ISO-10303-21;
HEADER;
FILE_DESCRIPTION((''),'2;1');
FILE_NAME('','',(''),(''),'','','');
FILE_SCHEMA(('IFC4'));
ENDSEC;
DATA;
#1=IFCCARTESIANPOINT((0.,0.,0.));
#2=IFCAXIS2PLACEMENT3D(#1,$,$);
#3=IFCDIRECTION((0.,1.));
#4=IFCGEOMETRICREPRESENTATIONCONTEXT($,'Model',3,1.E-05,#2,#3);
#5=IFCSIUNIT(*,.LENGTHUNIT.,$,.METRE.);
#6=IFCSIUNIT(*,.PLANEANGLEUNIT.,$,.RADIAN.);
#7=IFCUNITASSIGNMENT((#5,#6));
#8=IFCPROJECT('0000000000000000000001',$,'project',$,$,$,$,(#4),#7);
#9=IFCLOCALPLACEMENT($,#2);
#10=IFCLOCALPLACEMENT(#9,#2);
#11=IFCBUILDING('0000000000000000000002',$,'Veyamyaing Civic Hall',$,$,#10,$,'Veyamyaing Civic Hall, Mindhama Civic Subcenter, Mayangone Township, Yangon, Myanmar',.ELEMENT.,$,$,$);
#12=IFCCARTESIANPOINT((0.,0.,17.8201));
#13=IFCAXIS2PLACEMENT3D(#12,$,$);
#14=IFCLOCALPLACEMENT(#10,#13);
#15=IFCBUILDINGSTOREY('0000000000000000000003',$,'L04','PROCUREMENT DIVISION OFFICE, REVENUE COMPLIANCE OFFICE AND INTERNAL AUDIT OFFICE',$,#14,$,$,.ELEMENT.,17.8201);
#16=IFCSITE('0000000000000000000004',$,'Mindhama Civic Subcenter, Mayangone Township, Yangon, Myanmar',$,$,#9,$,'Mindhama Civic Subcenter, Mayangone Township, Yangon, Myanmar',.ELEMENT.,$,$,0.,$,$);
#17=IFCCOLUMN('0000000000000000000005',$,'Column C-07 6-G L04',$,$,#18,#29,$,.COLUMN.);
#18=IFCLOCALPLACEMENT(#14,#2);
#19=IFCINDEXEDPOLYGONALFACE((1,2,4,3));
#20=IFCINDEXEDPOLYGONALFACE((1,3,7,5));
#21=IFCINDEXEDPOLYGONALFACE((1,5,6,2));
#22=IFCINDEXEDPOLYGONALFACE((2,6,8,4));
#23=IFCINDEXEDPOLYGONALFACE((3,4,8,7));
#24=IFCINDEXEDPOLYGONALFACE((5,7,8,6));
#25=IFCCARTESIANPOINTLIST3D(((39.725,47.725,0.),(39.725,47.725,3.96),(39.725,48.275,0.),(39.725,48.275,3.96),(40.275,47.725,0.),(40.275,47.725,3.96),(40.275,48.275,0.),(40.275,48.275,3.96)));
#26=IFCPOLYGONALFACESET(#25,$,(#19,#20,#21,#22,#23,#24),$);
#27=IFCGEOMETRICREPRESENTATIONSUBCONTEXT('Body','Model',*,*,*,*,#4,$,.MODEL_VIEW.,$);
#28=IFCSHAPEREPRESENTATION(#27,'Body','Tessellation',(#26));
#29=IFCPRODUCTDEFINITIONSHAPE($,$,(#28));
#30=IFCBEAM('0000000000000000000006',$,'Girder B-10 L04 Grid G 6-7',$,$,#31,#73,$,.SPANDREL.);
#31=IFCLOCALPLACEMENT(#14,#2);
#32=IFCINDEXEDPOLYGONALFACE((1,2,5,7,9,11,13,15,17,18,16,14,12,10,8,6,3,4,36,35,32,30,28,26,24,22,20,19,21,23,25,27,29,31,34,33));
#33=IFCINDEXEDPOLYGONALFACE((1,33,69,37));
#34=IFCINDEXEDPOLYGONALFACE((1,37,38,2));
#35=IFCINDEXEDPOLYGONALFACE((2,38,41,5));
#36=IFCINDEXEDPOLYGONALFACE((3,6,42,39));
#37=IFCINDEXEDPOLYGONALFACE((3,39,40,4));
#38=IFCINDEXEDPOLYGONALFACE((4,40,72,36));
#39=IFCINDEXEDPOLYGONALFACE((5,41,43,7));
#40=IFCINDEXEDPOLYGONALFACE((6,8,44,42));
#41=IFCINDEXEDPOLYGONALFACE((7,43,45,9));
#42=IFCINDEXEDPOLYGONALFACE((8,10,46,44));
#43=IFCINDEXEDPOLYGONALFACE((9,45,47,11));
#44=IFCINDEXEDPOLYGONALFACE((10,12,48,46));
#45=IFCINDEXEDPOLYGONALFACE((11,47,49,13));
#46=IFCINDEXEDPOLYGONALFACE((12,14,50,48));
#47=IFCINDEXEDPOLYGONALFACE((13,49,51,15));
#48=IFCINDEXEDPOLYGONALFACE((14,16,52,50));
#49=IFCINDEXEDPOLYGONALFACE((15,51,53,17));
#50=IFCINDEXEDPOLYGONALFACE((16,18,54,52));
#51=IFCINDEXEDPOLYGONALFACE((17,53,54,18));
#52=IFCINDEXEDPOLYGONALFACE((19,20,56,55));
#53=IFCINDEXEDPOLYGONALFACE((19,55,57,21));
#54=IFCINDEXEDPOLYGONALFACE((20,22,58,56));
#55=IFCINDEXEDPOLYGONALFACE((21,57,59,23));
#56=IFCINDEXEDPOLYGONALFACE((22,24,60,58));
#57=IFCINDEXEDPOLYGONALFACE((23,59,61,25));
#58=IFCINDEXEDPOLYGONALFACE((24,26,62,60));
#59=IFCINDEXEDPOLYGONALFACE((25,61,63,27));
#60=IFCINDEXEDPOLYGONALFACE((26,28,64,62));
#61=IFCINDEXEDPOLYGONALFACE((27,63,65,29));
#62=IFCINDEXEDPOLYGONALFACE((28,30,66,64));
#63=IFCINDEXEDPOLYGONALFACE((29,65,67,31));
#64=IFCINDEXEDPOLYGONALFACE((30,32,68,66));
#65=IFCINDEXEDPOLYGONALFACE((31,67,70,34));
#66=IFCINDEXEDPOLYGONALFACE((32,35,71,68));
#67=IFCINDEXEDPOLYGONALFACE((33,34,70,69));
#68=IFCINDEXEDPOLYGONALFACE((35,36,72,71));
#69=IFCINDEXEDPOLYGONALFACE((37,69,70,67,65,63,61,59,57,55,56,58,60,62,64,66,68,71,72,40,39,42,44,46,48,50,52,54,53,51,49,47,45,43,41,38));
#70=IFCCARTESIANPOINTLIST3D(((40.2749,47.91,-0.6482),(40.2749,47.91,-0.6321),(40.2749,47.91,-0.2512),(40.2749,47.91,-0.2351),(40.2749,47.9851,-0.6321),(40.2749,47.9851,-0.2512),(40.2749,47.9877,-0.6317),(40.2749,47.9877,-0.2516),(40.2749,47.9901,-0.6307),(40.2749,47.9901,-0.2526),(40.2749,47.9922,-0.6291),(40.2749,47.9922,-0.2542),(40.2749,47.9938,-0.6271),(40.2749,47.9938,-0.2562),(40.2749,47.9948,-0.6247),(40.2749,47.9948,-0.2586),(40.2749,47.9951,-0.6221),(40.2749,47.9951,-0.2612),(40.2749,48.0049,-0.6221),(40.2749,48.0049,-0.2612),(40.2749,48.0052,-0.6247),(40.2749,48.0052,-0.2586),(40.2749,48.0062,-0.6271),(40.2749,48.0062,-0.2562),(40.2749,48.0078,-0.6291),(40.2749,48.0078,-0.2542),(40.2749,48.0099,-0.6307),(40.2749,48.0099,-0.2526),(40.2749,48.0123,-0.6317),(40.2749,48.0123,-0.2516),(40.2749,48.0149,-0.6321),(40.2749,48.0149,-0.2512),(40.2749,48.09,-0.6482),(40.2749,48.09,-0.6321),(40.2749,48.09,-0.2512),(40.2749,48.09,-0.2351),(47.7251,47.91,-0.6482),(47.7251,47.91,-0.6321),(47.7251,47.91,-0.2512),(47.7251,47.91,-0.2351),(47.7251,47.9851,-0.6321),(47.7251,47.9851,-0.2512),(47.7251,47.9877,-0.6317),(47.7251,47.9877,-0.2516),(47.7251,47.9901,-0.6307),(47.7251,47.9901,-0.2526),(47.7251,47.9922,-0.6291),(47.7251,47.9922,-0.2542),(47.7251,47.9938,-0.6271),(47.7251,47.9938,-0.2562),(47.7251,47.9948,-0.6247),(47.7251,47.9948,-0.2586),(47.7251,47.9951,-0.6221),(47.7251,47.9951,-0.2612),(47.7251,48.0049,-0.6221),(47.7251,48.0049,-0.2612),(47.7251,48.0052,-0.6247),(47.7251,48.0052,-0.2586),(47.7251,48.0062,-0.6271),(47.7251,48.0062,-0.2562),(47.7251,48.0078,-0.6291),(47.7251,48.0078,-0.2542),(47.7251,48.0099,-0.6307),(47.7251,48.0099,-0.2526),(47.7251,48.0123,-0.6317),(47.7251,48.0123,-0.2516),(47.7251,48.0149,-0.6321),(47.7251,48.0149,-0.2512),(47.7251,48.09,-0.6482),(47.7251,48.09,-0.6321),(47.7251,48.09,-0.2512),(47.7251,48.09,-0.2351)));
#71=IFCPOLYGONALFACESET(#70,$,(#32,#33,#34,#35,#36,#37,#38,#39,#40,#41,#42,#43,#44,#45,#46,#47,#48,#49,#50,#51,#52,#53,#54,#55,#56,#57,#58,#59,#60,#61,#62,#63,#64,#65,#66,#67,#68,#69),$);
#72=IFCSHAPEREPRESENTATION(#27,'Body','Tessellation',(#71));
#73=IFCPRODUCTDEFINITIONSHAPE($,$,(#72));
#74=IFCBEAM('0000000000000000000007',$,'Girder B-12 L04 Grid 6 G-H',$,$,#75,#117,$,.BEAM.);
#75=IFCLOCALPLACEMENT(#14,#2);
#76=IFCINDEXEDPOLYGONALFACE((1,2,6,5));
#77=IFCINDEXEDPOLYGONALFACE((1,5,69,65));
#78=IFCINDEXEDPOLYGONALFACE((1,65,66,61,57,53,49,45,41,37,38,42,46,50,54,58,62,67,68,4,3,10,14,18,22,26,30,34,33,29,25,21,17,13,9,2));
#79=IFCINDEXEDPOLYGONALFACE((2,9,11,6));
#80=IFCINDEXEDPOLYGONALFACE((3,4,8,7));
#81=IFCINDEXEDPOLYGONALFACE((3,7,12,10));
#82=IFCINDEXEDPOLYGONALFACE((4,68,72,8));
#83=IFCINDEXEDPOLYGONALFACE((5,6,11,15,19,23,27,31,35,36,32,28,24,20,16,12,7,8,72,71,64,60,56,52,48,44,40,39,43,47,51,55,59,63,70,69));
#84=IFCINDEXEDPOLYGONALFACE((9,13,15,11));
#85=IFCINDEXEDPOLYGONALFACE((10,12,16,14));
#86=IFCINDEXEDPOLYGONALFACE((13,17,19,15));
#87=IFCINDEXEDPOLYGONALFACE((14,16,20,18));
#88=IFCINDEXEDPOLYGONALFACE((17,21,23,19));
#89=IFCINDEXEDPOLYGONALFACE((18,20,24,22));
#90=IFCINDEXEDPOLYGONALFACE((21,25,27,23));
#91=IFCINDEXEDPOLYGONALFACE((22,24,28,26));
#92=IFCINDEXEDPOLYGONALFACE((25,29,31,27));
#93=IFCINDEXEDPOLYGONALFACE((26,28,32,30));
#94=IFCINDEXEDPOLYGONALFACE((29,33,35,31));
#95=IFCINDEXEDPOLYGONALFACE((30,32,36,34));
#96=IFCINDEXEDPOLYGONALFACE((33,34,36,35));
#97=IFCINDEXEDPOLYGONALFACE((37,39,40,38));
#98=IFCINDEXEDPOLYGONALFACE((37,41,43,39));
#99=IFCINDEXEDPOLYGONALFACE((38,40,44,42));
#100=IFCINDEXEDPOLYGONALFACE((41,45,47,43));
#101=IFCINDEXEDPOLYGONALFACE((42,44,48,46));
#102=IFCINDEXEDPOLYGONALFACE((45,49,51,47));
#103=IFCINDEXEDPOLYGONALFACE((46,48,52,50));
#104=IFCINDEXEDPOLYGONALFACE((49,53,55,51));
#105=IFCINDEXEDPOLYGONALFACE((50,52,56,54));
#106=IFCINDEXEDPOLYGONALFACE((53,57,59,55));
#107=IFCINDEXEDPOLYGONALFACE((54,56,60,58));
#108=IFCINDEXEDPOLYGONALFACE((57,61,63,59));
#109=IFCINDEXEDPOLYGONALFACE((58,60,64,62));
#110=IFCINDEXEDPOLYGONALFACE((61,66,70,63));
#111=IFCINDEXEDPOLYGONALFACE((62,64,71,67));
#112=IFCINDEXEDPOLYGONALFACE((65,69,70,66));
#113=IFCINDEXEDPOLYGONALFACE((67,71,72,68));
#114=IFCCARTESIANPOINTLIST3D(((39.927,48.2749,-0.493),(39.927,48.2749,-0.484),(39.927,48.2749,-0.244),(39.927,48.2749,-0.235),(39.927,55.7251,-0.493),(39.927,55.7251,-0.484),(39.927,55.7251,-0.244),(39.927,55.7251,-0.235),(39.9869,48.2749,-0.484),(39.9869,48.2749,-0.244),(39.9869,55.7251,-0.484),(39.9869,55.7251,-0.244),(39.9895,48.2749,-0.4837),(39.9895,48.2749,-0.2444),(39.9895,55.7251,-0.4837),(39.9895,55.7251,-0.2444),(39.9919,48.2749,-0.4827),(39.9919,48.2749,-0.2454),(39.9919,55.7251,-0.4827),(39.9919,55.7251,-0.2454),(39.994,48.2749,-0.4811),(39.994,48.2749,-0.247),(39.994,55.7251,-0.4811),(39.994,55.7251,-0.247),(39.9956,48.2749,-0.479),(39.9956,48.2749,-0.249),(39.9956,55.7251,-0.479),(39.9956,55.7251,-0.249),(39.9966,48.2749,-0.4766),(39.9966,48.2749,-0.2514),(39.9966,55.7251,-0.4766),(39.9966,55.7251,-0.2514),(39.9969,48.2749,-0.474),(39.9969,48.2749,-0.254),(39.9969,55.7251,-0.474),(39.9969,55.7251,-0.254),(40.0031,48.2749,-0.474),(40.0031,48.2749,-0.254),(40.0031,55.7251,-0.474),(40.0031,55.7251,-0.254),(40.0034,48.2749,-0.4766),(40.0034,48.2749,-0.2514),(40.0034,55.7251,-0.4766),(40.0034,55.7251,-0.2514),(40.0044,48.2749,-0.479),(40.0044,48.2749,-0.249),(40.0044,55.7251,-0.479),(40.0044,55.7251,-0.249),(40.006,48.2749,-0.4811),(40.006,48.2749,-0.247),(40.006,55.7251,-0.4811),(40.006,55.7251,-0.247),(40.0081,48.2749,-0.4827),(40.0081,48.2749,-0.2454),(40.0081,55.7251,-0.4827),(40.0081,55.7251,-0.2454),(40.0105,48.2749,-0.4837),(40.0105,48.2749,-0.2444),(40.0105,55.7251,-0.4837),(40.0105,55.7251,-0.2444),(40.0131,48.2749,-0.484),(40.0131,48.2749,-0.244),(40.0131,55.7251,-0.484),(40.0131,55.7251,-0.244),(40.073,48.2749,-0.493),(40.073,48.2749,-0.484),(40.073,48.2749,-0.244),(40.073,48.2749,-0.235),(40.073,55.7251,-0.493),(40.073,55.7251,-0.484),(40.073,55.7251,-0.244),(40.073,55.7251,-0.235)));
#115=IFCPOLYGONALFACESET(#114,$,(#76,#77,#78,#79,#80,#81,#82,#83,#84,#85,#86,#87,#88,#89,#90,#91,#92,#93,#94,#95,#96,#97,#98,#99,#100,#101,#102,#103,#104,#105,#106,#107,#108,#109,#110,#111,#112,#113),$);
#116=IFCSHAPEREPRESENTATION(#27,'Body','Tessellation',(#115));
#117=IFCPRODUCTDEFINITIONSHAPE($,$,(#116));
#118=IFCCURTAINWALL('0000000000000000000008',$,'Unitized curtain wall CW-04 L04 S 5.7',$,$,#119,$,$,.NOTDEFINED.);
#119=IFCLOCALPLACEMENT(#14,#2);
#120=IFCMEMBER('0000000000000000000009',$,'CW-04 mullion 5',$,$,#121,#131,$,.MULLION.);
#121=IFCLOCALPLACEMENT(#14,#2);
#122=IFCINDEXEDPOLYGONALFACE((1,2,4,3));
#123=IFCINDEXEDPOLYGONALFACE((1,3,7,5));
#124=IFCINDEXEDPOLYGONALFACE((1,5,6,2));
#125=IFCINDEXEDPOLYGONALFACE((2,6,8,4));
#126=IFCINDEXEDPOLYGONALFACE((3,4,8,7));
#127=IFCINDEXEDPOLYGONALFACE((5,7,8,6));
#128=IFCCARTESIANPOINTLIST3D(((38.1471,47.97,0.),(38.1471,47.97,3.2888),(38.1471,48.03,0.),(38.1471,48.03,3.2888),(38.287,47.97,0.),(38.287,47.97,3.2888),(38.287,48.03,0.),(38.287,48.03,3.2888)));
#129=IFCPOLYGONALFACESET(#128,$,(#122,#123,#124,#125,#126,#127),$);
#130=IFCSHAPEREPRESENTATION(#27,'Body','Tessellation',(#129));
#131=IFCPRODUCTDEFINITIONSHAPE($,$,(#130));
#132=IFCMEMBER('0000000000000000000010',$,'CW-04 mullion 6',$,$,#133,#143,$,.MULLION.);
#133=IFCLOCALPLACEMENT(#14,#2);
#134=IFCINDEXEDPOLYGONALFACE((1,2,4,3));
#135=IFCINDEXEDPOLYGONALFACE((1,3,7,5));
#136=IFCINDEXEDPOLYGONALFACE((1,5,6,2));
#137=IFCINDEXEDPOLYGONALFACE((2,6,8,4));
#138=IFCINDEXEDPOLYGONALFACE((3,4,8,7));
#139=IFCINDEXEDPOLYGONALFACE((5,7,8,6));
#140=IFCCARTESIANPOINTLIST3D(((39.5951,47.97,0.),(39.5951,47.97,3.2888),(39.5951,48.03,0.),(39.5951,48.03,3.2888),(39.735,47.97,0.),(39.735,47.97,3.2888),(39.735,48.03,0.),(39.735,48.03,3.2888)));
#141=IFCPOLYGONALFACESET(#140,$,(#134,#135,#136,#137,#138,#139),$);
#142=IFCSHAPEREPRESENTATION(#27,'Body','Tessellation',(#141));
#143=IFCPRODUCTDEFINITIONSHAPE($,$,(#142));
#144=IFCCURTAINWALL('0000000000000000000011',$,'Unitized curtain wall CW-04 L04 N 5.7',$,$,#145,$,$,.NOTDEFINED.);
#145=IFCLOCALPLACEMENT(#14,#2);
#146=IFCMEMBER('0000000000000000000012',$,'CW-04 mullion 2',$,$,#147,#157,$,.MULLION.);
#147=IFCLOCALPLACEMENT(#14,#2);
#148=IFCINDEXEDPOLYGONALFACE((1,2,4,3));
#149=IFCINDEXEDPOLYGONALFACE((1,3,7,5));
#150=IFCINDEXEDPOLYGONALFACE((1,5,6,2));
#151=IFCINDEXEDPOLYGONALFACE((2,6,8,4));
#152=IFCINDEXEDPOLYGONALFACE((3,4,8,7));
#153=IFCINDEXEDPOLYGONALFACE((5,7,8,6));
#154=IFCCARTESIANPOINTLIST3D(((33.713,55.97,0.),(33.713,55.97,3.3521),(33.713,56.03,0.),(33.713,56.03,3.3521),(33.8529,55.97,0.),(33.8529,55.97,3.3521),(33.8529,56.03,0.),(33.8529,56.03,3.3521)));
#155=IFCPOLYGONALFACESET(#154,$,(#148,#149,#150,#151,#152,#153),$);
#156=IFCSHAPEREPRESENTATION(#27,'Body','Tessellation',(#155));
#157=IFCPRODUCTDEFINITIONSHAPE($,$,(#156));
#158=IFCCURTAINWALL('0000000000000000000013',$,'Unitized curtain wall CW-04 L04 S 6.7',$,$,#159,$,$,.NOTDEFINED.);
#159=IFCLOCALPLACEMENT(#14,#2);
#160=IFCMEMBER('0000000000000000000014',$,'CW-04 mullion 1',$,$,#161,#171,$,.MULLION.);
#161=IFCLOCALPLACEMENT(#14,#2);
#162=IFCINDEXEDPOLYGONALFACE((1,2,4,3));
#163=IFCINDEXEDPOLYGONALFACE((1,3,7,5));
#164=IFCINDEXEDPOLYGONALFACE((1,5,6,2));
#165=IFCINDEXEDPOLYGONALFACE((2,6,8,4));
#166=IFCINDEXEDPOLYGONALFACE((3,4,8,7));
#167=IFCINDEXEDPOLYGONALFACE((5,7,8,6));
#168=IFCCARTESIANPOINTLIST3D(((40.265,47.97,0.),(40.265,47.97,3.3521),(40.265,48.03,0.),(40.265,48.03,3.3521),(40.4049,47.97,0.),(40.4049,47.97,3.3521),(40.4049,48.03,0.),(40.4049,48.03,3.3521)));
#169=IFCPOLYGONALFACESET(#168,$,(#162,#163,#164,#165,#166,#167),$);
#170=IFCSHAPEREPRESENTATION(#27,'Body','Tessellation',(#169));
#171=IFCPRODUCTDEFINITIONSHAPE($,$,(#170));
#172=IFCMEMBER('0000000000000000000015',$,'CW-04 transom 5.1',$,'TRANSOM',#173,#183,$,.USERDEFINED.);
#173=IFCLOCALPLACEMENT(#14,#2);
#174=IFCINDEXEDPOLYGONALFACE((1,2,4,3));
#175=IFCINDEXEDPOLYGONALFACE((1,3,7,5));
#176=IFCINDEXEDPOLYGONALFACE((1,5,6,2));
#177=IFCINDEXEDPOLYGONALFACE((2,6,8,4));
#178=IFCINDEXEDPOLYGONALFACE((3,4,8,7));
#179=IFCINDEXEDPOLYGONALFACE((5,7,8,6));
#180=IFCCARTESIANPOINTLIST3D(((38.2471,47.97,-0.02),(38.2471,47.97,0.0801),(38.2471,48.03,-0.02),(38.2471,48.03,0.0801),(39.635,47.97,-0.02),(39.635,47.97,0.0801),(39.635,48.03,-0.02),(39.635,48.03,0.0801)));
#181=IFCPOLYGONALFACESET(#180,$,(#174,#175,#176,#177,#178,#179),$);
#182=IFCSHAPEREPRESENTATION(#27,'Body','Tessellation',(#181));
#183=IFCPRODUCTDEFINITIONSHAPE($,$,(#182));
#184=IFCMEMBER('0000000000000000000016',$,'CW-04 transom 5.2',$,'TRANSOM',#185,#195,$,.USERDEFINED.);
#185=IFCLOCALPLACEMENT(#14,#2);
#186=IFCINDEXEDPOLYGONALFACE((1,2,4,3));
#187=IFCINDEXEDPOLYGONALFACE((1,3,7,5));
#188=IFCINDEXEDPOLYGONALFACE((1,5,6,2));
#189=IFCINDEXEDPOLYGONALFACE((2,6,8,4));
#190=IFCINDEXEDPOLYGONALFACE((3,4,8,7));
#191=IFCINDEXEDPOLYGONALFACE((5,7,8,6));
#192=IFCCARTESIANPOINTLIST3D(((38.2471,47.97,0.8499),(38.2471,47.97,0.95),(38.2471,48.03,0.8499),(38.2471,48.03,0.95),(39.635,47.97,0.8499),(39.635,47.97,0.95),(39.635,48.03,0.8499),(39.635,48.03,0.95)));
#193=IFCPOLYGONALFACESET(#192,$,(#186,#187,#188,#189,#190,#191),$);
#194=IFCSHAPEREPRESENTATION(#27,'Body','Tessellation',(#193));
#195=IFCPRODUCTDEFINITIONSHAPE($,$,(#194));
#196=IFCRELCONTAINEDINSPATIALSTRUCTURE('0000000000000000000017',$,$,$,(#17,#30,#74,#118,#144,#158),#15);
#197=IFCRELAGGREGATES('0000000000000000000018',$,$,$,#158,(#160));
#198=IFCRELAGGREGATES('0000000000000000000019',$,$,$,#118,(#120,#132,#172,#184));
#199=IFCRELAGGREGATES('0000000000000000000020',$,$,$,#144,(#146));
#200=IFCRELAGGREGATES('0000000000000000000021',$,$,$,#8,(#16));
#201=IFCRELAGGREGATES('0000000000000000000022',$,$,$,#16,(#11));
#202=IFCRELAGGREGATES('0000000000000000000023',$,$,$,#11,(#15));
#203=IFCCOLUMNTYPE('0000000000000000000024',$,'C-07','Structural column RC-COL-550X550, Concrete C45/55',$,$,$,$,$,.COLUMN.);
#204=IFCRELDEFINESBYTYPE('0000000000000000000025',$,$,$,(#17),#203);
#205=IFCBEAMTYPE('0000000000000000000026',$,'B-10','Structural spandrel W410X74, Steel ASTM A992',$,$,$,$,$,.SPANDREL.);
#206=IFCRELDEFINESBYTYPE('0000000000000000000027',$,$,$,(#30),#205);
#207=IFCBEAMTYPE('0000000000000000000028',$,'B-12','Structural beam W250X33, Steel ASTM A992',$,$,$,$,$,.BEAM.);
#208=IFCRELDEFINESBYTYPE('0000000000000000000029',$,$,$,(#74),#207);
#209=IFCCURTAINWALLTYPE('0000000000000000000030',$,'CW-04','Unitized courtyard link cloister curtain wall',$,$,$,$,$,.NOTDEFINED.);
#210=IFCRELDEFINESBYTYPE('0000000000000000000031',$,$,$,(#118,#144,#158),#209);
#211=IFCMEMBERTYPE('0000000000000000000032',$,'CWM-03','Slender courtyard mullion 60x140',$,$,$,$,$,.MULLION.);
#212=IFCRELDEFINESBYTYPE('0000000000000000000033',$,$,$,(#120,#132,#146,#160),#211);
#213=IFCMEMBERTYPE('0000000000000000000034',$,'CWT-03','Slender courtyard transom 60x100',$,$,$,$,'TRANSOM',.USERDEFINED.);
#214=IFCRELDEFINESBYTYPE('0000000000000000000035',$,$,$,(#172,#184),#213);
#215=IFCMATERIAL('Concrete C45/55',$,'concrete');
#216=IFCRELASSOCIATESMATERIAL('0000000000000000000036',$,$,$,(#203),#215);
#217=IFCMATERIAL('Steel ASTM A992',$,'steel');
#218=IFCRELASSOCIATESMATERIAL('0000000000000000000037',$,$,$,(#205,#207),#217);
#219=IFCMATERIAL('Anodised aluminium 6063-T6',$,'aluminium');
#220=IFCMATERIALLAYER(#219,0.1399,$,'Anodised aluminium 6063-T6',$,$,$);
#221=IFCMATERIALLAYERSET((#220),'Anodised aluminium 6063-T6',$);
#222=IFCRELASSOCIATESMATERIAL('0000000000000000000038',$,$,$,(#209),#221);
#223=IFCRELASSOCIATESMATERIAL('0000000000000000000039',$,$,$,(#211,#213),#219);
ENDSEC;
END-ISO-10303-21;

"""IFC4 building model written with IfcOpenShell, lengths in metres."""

from ifc_helpers import new_model, si_unit, direction, frame, origin, origin_2d, place, context, subcontext, project, spatial, rectangle, i_section, extrude, material, layer, layer_set, material_profile, profile_set, type_object, element, aggregate, save


model = new_model("IFC4")

# Units and contexts
model_context = context("Model", 3, precision=1e-05, world=origin(), true_north=direction((0.0, 1.0)))
body_context = subcontext(model_context, "Body", "Model", "MODEL_VIEW")
ifc_project = project(units=[si_unit("LENGTHUNIT", "METRE"), si_unit("PLANEANGLEUNIT", "RADIAN")], contexts=[model_context])

# Site, building, storey
site_placement = place(None, origin())
site = spatial("IfcSite", under=ifc_project, at=site_placement, Name="Mindhama Civic Subcenter, Mayangone Township, Yangon, Myanmar", LongName="Mindhama Civic Subcenter, Mayangone Township, Yangon, Myanmar", CompositionType="ELEMENT", RefElevation=0.0)
building_placement = place(site_placement, origin())
building = spatial("IfcBuilding", under=site, at=building_placement, Name="Veyamyaing Civic Hall", LongName="Veyamyaing Civic Hall, Mindhama Civic Subcenter, Mayangone Township, Yangon, Myanmar", CompositionType="ELEMENT")
storey_placement = place(building_placement, frame((0.0, 0.0, 17.8201)))
storey = spatial("IfcBuildingStorey", under=building, at=storey_placement, Name="L04", Description="PROCUREMENT DIVISION OFFICE, REVENUE COMPLIANCE OFFICE AND INTERNAL AUDIT OFFICE", CompositionType="ELEMENT", Elevation=17.8201)

# Column
ifc_material_1 = material(Name="Concrete C45/55", Category="concrete")
ifc_material_profile_1 = material_profile(ifc_material_1, rectangle(XDim=0.55, YDim=0.55, at=origin_2d()), Name="RC-COL-550X550")
ifc_profile_set_1 = profile_set([ifc_material_profile_1], Name="Concrete C45/55")
column_type = type_object("IfcColumnType", Name="C-07", Description="Structural column RC-COL-550X550, Concrete C45/55", PredefinedType="COLUMN", material=ifc_profile_set_1)
column_placement = place(storey_placement, frame((40.0, 48.0, 0.0), z_axis=(0.0, 0.0, 1.0), x_axis=(1.0, 0.0, 0.0)))
element("IfcColumn", 1, at=column_placement, inside=storey, type_object=column_type, Name="Column C-07 6-G L04", PredefinedType="COLUMN", context=body_context, shape_type="SweptSolid", body=[
    extrude(rectangle(XDim=0.55, YDim=0.55, at=origin_2d()), origin(), (0.0, 0.0, 1.0), 3.96),
])

# Beams
ifc_material_2 = material(Name="Steel ASTM A992", Category="steel")
ifc_material_profile_2 = material_profile(ifc_material_2, i_section(OverallWidth=0.1799, OverallDepth=0.4131, WebThickness=0.0098, FlangeThickness=0.0161, FilletRadius=0.01, at=origin_2d()), Name="W410X74")
ifc_profile_set_2 = profile_set([ifc_material_profile_2], Name="Steel ASTM A992")
beam_type_1 = type_object("IfcBeamType", Name="B-10", Description="Structural spandrel W410X74, Steel ASTM A992", PredefinedType="SPANDREL", material=ifc_profile_set_2)
beam_1_placement = place(storey_placement, frame((40.2749, 48.0, -0.4417), z_axis=(1.0, 0.0, 0.0), x_axis=(0.0, 1.0, 0.0)))
element("IfcBeam", 2, at=beam_1_placement, inside=storey, type_object=beam_type_1, Name="Girder B-10 L04 Grid G 6-7", PredefinedType="SPANDREL", context=body_context, shape_type="SweptSolid", body=[
    extrude(i_section(OverallWidth=0.1799, OverallDepth=0.4131, WebThickness=0.0098, FlangeThickness=0.0161, FilletRadius=0.01, at=origin_2d()), origin(), (0.0, 0.0, 1.0), 7.4502),
])
ifc_material_profile_3 = material_profile(ifc_material_2, i_section(OverallWidth=0.146, OverallDepth=0.2581, WebThickness=0.0061, FlangeThickness=0.009, FilletRadius=0.01, at=origin_2d()), Name="W250X33")
ifc_profile_set_3 = profile_set([ifc_material_profile_3], Name="Steel ASTM A992")
beam_type_2 = type_object("IfcBeamType", Name="B-12", Description="Structural beam W250X33, Steel ASTM A992", PredefinedType="BEAM", material=ifc_profile_set_3)
beam_2_placement = place(storey_placement, frame((40.0, 48.2749, -0.364), z_axis=(0.0, 1.0, 0.0), x_axis=(-1.0, 0.0, 0.0)))
element("IfcBeam", 3, at=beam_2_placement, inside=storey, type_object=beam_type_2, Name="Girder B-12 L04 Grid 6 G-H", PredefinedType="BEAM", context=body_context, shape_type="SweptSolid", body=[
    extrude(i_section(OverallWidth=0.146, OverallDepth=0.2581, WebThickness=0.0061, FlangeThickness=0.009, FilletRadius=0.01, at=origin_2d()), origin(), (0.0, 0.0, 1.0), 7.4502),
])

# Curtain wall, members
ifc_material_3 = material(Name="Anodised aluminium 6063-T6", Category="aluminium")
ifc_layer_1 = layer(ifc_material_3, 0.1399, Name="Anodised aluminium 6063-T6")
ifc_layer_set_1 = layer_set([ifc_layer_1], Name="Anodised aluminium 6063-T6")
curtain_wall_type = type_object("IfcCurtainWallType", Name="CW-04", Description="Unitized courtyard link cloister curtain wall", PredefinedType="NOTDEFINED", material=ifc_layer_set_1)
curtain_wall_1_placement = place(storey_placement, origin())
curtain_wall_1 = element("IfcCurtainWall", 4, at=curtain_wall_1_placement, inside=storey, type_object=curtain_wall_type, Name="Unitized curtain wall CW-04 L04 S 5.7", PredefinedType="NOTDEFINED")
ifc_material_profile_4 = material_profile(ifc_material_3, rectangle(XDim=0.0601, YDim=0.1399, at=origin_2d()), Name="ALU-MUL-60X140")
ifc_profile_set_4 = profile_set([ifc_material_profile_4], Name="Anodised aluminium 6063-T6")
member_type_1 = type_object("IfcMemberType", Name="CWM-03", Description="Slender courtyard mullion 60x140", PredefinedType="MULLION", material=ifc_profile_set_4)
member_1_placement = place(storey_placement, frame((38.217, 48.0, 0.0), z_axis=(0.0, 0.0, 1.0), x_axis=(0.0, 1.0, 0.0)))
member_1 = element("IfcMember", 5, at=member_1_placement, type_object=member_type_1, Name="CW-04 mullion 5", PredefinedType="MULLION", context=body_context, shape_type="SweptSolid", body=[
    extrude(rectangle(XDim=0.0601, YDim=0.1399, at=origin_2d()), origin(), (0.0, 0.0, 1.0), 3.2888),
])
member_2_placement = place(storey_placement, frame((39.665, 48.0, 0.0), z_axis=(0.0, 0.0, 1.0), x_axis=(0.0, 1.0, 0.0)))
member_2 = element("IfcMember", 6, at=member_2_placement, type_object=member_type_1, Name="CW-04 mullion 6", PredefinedType="MULLION", context=body_context, shape_type="SweptSolid", body=[
    extrude(rectangle(XDim=0.0601, YDim=0.1399, at=origin_2d()), origin(), (0.0, 0.0, 1.0), 3.2888),
])

# Curtain walls, members
curtain_wall_2_placement = place(storey_placement, origin())
curtain_wall_2 = element("IfcCurtainWall", 7, at=curtain_wall_2_placement, inside=storey, type_object=curtain_wall_type, Name="Unitized curtain wall CW-04 L04 N 5.7", PredefinedType="NOTDEFINED")
member_3_placement = place(storey_placement, frame((33.783, 56.0, 0.0), z_axis=(0.0, 0.0, 1.0), x_axis=(0.0, 1.0, 0.0)))
member_3 = element("IfcMember", 8, at=member_3_placement, type_object=member_type_1, Name="CW-04 mullion 2", PredefinedType="MULLION", context=body_context, shape_type="SweptSolid", body=[
    extrude(rectangle(XDim=0.0601, YDim=0.1399, at=origin_2d()), origin(), (0.0, 0.0, 1.0), 3.3521),
])
curtain_wall_3_placement = place(storey_placement, origin())
curtain_wall_3 = element("IfcCurtainWall", 9, at=curtain_wall_3_placement, inside=storey, type_object=curtain_wall_type, Name="Unitized curtain wall CW-04 L04 S 6.7", PredefinedType="NOTDEFINED")
member_4_placement = place(storey_placement, frame((40.335, 48.0, 0.0), z_axis=(0.0, 0.0, 1.0), x_axis=(0.0, 1.0, 0.0)))
member_4 = element("IfcMember", 10, at=member_4_placement, type_object=member_type_1, Name="CW-04 mullion 1", PredefinedType="MULLION", context=body_context, shape_type="SweptSolid", body=[
    extrude(rectangle(XDim=0.0601, YDim=0.1399, at=origin_2d()), origin(), (0.0, 0.0, 1.0), 3.3521),
])

# Members
ifc_material_profile_5 = material_profile(ifc_material_3, rectangle(XDim=0.0601, YDim=0.1001, at=origin_2d()), Name="ALU-TRN-60X100")
ifc_profile_set_5 = profile_set([ifc_material_profile_5], Name="Anodised aluminium 6063-T6")
member_type_2 = type_object("IfcMemberType", Name="CWT-03", Description="Slender courtyard transom 60x100", ElementType="TRANSOM", PredefinedType="USERDEFINED", material=ifc_profile_set_5)
member_5_placement = place(storey_placement, frame((38.2471, 48.0, 0.03), z_axis=(1.0, 0.0, 0.0), x_axis=(0.0, 1.0, 0.0)))
member_5 = element("IfcMember", 11, at=member_5_placement, type_object=member_type_2, Name="CW-04 transom 5.1", ObjectType="TRANSOM", PredefinedType="USERDEFINED", context=body_context, shape_type="SweptSolid", body=[
    extrude(rectangle(XDim=0.0601, YDim=0.1001, at=origin_2d()), origin(), (0.0, 0.0, 1.0), 1.3879),
])
member_6_placement = place(storey_placement, frame((38.2471, 48.0, 0.8999), z_axis=(1.0, 0.0, 0.0), x_axis=(0.0, 1.0, 0.0)))
member_6 = element("IfcMember", 12, at=member_6_placement, type_object=member_type_2, Name="CW-04 transom 5.2", ObjectType="TRANSOM", PredefinedType="USERDEFINED", context=body_context, shape_type="SweptSolid", body=[
    extrude(rectangle(XDim=0.0601, YDim=0.1001, at=origin_2d()), origin(), (0.0, 0.0, 1.0), 1.3879),
])
aggregate(curtain_wall_3, [member_4])

aggregate(curtain_wall_1, [member_1, member_2, member_5, member_6])
aggregate(curtain_wall_2, [member_3])

save(model, "model.ifc")
